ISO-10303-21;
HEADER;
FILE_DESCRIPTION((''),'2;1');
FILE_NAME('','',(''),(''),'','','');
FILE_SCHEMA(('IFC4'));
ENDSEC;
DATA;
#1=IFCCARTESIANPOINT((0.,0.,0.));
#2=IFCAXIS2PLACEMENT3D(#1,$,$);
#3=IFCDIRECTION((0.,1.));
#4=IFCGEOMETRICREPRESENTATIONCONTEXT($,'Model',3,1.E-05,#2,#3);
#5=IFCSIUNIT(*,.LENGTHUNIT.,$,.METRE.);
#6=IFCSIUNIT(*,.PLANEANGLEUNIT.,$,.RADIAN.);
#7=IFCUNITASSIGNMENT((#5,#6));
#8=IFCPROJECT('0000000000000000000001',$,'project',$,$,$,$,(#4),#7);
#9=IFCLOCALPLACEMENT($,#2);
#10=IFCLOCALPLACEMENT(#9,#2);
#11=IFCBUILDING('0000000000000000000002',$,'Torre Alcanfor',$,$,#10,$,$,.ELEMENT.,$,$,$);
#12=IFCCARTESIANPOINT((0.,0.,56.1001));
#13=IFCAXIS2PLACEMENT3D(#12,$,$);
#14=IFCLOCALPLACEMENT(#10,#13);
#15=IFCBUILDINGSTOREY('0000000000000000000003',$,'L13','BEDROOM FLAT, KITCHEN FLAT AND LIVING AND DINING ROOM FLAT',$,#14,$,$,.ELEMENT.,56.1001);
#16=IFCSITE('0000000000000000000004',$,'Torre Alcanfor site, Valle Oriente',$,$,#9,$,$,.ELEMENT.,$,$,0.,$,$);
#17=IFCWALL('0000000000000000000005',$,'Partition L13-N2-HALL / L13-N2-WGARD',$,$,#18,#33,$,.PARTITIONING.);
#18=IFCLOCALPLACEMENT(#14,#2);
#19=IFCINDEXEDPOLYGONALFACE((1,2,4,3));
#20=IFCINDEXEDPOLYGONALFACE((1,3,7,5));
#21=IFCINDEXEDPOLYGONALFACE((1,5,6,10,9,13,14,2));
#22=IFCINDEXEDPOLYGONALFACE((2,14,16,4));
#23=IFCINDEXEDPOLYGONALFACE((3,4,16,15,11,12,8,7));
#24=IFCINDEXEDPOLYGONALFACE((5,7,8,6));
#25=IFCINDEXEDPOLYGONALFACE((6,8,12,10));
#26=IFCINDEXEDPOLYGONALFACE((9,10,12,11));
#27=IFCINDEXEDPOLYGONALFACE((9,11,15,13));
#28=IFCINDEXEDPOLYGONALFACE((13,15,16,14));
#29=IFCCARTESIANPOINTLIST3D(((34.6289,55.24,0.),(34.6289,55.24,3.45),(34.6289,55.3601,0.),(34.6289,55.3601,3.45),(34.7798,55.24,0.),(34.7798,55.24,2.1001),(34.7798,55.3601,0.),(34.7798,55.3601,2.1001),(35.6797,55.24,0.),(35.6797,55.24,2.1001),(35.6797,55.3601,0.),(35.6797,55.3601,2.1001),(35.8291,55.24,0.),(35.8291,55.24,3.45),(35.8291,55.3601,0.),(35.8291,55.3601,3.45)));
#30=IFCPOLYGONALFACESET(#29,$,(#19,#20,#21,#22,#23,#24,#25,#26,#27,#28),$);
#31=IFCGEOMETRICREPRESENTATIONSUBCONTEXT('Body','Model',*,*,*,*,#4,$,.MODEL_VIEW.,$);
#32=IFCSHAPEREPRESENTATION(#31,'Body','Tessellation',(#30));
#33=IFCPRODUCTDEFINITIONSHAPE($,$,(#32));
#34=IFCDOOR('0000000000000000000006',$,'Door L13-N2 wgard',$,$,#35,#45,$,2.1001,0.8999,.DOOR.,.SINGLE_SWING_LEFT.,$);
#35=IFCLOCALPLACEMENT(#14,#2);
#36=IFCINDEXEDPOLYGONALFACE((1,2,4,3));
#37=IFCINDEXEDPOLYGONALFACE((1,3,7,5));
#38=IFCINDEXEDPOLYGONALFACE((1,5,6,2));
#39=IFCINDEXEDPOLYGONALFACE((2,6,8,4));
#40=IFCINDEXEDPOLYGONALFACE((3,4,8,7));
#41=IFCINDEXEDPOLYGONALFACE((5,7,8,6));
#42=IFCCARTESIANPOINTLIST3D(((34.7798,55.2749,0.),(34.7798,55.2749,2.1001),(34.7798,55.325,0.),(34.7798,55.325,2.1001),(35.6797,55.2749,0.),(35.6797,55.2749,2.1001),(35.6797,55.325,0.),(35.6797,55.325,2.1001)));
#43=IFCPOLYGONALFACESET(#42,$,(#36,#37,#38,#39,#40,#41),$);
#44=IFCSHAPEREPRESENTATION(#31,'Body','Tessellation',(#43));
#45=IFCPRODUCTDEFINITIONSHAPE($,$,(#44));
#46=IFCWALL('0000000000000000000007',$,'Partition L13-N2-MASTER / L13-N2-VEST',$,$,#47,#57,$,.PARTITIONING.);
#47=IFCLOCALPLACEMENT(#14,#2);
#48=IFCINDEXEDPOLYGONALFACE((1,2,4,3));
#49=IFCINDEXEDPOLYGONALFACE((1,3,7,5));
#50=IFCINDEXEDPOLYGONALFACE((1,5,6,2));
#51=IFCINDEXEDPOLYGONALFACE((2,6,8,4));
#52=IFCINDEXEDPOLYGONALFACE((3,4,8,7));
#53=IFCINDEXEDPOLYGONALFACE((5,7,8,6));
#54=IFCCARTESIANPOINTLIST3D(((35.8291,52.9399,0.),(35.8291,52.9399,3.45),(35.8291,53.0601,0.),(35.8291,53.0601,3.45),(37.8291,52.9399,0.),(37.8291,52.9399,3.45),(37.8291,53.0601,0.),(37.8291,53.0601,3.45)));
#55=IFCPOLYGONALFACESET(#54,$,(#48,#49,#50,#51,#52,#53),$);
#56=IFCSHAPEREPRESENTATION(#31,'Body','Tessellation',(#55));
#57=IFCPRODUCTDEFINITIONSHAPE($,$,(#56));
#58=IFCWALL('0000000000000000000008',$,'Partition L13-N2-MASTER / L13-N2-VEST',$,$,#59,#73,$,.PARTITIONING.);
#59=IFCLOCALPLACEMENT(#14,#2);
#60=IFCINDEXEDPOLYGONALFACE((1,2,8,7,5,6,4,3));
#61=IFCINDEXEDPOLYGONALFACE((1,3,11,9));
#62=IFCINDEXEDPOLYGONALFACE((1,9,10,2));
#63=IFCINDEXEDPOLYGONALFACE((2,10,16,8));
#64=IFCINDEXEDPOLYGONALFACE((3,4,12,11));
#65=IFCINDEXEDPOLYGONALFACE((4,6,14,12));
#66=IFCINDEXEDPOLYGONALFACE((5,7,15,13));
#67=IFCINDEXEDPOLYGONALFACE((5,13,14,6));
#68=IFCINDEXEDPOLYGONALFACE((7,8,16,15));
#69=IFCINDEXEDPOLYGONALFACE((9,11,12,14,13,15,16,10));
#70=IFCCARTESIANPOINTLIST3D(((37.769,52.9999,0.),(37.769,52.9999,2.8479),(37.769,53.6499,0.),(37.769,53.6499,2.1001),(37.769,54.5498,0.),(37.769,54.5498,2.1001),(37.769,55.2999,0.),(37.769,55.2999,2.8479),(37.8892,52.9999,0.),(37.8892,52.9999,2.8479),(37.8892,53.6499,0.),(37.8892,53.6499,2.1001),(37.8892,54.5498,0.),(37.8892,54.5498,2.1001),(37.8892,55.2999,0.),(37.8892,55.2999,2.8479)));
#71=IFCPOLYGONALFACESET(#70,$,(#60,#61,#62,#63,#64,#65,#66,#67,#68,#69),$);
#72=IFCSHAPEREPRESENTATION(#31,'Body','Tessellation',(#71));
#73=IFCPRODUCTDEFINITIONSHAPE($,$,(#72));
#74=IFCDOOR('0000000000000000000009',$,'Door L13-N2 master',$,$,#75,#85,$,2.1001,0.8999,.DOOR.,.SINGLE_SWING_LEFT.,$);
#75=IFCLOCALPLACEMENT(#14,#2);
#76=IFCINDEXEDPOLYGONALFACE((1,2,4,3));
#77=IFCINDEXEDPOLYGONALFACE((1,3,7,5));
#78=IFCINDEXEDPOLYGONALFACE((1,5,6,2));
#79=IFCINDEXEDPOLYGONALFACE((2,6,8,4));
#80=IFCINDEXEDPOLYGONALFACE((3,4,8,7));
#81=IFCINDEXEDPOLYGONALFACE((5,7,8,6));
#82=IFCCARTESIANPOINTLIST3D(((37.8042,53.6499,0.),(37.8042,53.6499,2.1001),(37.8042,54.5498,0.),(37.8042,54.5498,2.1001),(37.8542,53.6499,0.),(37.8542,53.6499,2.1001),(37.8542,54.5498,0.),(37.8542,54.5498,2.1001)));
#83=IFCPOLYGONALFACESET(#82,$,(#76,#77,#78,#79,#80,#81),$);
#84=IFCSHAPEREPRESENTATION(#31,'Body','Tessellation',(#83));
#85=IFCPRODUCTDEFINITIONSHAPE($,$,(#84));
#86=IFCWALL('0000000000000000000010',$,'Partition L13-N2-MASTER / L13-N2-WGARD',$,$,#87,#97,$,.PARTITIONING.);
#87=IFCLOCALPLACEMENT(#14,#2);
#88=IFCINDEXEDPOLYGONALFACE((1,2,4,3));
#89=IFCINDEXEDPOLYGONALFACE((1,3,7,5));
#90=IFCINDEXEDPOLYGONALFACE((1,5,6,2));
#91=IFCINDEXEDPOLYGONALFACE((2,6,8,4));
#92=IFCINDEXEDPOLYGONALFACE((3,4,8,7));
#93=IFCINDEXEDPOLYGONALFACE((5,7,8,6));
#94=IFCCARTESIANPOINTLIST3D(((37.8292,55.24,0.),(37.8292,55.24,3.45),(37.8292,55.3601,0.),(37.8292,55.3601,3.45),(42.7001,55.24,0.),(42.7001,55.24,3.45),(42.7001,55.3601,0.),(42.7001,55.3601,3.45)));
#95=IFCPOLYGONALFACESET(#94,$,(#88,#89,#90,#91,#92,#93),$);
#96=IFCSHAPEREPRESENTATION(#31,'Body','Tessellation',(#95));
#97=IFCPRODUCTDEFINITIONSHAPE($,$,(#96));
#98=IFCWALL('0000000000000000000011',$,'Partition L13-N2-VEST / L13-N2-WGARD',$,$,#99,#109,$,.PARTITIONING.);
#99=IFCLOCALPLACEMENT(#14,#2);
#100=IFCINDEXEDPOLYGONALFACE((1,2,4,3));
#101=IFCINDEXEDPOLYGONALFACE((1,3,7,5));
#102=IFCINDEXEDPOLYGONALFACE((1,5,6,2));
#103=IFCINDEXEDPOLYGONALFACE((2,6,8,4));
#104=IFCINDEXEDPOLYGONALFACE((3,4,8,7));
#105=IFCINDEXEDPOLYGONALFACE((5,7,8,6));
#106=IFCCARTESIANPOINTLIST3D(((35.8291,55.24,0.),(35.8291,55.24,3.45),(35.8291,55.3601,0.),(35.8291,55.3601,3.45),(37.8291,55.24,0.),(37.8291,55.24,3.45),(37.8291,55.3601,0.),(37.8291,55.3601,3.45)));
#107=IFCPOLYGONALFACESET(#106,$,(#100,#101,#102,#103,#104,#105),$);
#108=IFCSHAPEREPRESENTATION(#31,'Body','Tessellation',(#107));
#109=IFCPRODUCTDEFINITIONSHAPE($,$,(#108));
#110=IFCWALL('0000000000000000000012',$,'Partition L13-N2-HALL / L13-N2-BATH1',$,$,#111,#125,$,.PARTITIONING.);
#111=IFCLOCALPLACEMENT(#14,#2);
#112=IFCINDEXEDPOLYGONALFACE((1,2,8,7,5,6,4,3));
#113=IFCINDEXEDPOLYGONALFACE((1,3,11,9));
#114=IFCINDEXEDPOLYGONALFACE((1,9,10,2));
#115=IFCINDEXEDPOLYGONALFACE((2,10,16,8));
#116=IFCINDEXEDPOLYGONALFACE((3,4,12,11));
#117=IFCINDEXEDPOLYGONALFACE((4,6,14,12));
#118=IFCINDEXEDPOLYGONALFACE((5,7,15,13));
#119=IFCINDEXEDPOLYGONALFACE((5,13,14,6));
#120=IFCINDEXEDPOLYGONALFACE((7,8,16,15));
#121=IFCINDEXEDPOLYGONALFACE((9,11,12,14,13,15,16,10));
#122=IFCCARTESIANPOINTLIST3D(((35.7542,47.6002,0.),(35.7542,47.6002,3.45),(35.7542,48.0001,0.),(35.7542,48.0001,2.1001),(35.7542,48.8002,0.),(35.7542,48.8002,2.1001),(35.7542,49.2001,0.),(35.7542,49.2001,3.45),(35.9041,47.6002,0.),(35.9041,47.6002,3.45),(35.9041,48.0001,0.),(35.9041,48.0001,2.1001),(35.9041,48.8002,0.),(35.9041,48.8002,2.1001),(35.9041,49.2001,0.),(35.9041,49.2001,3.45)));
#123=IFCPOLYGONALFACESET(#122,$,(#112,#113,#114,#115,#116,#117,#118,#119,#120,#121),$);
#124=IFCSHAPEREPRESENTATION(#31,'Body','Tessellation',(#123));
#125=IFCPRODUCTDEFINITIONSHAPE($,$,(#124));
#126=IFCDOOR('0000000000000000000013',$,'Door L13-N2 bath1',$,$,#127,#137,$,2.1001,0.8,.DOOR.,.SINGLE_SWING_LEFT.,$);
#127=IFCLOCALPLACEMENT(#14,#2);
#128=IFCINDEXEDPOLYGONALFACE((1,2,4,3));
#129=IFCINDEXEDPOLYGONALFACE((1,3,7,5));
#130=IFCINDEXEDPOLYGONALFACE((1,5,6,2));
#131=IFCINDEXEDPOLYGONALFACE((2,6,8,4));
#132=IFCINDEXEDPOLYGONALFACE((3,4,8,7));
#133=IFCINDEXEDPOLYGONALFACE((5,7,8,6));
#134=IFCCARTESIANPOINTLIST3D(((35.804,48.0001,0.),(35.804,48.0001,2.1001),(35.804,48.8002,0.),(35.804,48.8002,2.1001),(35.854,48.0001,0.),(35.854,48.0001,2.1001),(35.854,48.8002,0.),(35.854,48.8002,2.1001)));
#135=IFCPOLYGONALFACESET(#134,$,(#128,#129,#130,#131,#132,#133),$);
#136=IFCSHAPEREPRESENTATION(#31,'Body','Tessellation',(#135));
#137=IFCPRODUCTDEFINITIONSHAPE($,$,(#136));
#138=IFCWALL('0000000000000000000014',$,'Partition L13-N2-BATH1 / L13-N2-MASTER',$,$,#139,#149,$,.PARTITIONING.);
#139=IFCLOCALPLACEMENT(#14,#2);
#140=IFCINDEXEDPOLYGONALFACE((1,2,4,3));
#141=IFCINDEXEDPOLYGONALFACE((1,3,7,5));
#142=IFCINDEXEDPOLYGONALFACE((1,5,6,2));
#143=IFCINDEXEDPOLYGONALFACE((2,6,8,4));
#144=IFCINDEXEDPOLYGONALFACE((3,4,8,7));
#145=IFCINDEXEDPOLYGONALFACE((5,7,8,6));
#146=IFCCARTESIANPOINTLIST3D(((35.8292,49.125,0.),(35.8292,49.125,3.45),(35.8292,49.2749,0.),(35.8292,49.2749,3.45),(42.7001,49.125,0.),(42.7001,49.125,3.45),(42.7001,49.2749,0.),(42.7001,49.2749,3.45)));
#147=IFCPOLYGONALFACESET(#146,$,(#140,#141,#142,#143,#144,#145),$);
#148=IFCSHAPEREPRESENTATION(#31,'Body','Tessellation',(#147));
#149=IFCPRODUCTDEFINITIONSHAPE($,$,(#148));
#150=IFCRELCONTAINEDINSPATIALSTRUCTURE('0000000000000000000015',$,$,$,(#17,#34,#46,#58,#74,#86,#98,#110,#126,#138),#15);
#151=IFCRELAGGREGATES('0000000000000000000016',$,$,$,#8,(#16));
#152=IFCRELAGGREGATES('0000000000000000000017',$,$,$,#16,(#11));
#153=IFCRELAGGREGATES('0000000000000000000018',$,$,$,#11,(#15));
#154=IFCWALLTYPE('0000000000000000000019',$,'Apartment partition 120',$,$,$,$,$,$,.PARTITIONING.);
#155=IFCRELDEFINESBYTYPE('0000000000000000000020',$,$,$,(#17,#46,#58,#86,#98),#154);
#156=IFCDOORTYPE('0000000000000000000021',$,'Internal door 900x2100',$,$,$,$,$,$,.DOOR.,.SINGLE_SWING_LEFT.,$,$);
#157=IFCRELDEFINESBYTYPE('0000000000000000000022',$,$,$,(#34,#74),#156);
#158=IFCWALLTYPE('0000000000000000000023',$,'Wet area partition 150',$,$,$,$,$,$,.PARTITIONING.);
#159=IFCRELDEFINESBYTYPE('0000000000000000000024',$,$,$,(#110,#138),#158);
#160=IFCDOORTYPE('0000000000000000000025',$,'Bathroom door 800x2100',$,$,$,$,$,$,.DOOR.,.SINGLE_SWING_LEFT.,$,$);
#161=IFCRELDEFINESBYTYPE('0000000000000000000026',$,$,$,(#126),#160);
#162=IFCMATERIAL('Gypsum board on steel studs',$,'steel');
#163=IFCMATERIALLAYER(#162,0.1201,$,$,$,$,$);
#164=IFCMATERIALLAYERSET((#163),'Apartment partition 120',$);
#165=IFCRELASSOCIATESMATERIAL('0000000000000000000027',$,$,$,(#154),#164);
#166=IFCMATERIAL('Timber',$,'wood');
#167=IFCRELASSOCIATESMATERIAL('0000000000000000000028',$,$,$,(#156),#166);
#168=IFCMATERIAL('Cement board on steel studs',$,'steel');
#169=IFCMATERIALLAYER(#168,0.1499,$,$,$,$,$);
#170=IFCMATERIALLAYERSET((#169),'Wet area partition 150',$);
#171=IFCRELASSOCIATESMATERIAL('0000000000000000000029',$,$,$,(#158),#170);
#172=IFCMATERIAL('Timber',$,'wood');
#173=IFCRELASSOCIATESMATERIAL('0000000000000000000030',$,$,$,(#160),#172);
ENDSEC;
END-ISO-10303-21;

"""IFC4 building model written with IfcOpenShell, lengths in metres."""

from ifc_helpers import new_model, si_unit, direction, frame, frame_2d, origin, place, context, subcontext, project, spatial, rectangle, extrude, material, layer, layer_set, type_object, element, fill, save


model = new_model("IFC4")

# Units and contexts
model_context = context("Model", 3, precision=1e-05, world=origin(), true_north=direction((0.0, 1.0)))
body_context = subcontext(model_context, "Body", "Model", "MODEL_VIEW")
ifc_project = project(units=[si_unit("LENGTHUNIT", "METRE"), si_unit("PLANEANGLEUNIT", "RADIAN")], contexts=[model_context])

# Site, building, storey
site_placement = place(None, origin())
site = spatial("IfcSite", under=ifc_project, at=site_placement, Name="Torre Alcanfor site, Valle Oriente", CompositionType="ELEMENT", RefElevation=0.0)
building_placement = place(site_placement, origin())
building = spatial("IfcBuilding", under=site, at=building_placement, Name="Torre Alcanfor", CompositionType="ELEMENT")
storey_placement = place(building_placement, frame((0.0, 0.0, 56.1001)))
storey = spatial("IfcBuildingStorey", under=building, at=storey_placement, Name="L13", Description="BEDROOM FLAT, KITCHEN FLAT AND LIVING AND DINING ROOM FLAT", CompositionType="ELEMENT", Elevation=56.1001)

# Shared definitions
ifc_material_1 = material(Name="Gypsum board on steel studs", Category="steel")
ifc_layer_1 = layer(ifc_material_1, 0.1201)
ifc_layer_set_1 = layer_set([ifc_layer_1], Name="Apartment partition 120")
wall_type_1 = type_object("IfcWallType", Name="Apartment partition 120", PredefinedType="PARTITIONING", material=ifc_layer_set_1)

# Wall, opening, door
ifc_material_2 = material(Name="Timber", Category="wood")
door_type_1 = type_object("IfcDoorType", Name="Internal door 900x2100", OperationType="SINGLE_SWING_LEFT", PredefinedType="DOOR", material=ifc_material_2)
wall_1_placement = place(storey_placement, frame((34.6289, 55.3, 0.0), z_axis=(0.0, 0.0, 1.0), x_axis=(1.0, 0.0, 0.0)))
wall_1 = element("IfcWall", 1, at=wall_1_placement, inside=storey, type_object=wall_type_1, Name="Partition L13-N2-HALL / L13-N2-WGARD", PredefinedType="PARTITIONING", context=body_context, shape_type="SweptSolid", body=[
    extrude(rectangle(XDim=1.2002, YDim=0.1201, at=frame_2d((0.6001, 0.0))), origin(), (0.0, 0.0, 1.0), 3.45),
])
opening_1_placement = place(wall_1_placement, frame((0.1509, 0.0, 0.0)))
opening_1 = element("IfcOpeningElement", 2, at=opening_1_placement, cuts=wall_1, PredefinedType="OPENING", context=body_context, shape_type="SweptSolid", body=[
    extrude(rectangle(XDim=0.8999, YDim=2.1001, at=frame_2d((0.45, 1.05))), frame((0.0, 0.0701, 0.0), z_axis=(0.0, -1.0, 0.0), x_axis=(1.0, 0.0, 0.0)), (0.0, 0.0, 1.0), 0.1401),
])
door_1_placement = place(opening_1_placement, origin())
door_1 = element("IfcDoor", 3, at=door_1_placement, inside=storey, type_object=door_type_1, Name="Door L13-N2 wgard", OperationType="SINGLE_SWING_LEFT", OverallHeight=2.1001, OverallWidth=0.8999, PredefinedType="DOOR", context=body_context, shape_type="SweptSolid", body=[
    extrude(rectangle(XDim=0.8999, YDim=2.1001, at=frame_2d((0.45, 1.05))), frame((0.0, 0.0249, 0.0), z_axis=(0.0, -1.0, 0.0), x_axis=(1.0, 0.0, 0.0)), (0.0, 0.0, 1.0), 0.05),
])
fill(opening_1, door_1)

# Wall
wall_2_placement = place(storey_placement, frame((35.8291, 53.0, 0.0), z_axis=(0.0, 0.0, 1.0), x_axis=(1.0, 0.0, 0.0)))
element("IfcWall", 4, at=wall_2_placement, inside=storey, type_object=wall_type_1, Name="Partition L13-N2-MASTER / L13-N2-VEST", PredefinedType="PARTITIONING", context=body_context, shape_type="SweptSolid", body=[
    extrude(rectangle(XDim=2.0, YDim=0.1201, at=frame_2d((1.0, 0.0))), origin(), (0.0, 0.0, 1.0), 3.45),
])

# Wall, opening, door
wall_3_placement = place(storey_placement, frame((37.8291, 53.0, 0.0), z_axis=(0.0, 0.0, 1.0), x_axis=(0.0, 1.0, 0.0)))
wall_3 = element("IfcWall", 5, at=wall_3_placement, inside=storey, type_object=wall_type_1, Name="Partition L13-N2-MASTER / L13-N2-VEST", PredefinedType="PARTITIONING", context=body_context, shape_type="SweptSolid", body=[
    extrude(rectangle(XDim=2.3, YDim=0.1201, at=frame_2d((1.1499, 0.0))), origin(), (0.0, 0.0, 1.0), 2.8479),
])
opening_2_placement = place(wall_3_placement, frame((0.6499, 0.0, 0.0)))
opening_2 = element("IfcOpeningElement", 6, at=opening_2_placement, cuts=wall_3, PredefinedType="OPENING", context=body_context, shape_type="SweptSolid", body=[
    extrude(rectangle(XDim=0.8999, YDim=2.1001, at=frame_2d((0.45, 1.05))), frame((0.0, 0.0701, 0.0), z_axis=(0.0, -1.0, 0.0), x_axis=(1.0, 0.0, 0.0)), (0.0, 0.0, 1.0), 0.1401),
])
door_2_placement = place(opening_2_placement, origin())
door_2 = element("IfcDoor", 7, at=door_2_placement, inside=storey, type_object=door_type_1, Name="Door L13-N2 master", OperationType="SINGLE_SWING_LEFT", OverallHeight=2.1001, OverallWidth=0.8999, PredefinedType="DOOR", context=body_context, shape_type="SweptSolid", body=[
    extrude(rectangle(XDim=0.8999, YDim=2.1001, at=frame_2d((0.45, 1.05))), frame((0.0, 0.0249, 0.0), z_axis=(0.0, -1.0, 0.0), x_axis=(1.0, 0.0, 0.0)), (0.0, 0.0, 1.0), 0.05),
])
fill(opening_2, door_2)

# Walls
wall_4_placement = place(storey_placement, frame((37.8291, 55.3, 0.0), z_axis=(0.0, 0.0, 1.0), x_axis=(1.0, 0.0, 0.0)))
element("IfcWall", 8, at=wall_4_placement, inside=storey, type_object=wall_type_1, Name="Partition L13-N2-MASTER / L13-N2-WGARD", PredefinedType="PARTITIONING", context=body_context, shape_type="SweptSolid", body=[
    extrude(rectangle(XDim=4.8708, YDim=0.1201, at=frame_2d((2.4355, 0.0))), origin(), (0.0, 0.0, 1.0), 3.45),
])
wall_5_placement = place(storey_placement, frame((35.8291, 55.3, 0.0), z_axis=(0.0, 0.0, 1.0), x_axis=(1.0, 0.0, 0.0)))
element("IfcWall", 9, at=wall_5_placement, inside=storey, type_object=wall_type_1, Name="Partition L13-N2-VEST / L13-N2-WGARD", PredefinedType="PARTITIONING", context=body_context, shape_type="SweptSolid", body=[
    extrude(rectangle(XDim=2.0, YDim=0.1201, at=frame_2d((1.0, 0.0))), origin(), (0.0, 0.0, 1.0), 3.45),
])

# Wall, opening, door
ifc_material_3 = material(Name="Cement board on steel studs", Category="steel")
ifc_layer_2 = layer(ifc_material_3, 0.1499)
ifc_layer_set_2 = layer_set([ifc_layer_2], Name="Wet area partition 150")
wall_type_2 = type_object("IfcWallType", Name="Wet area partition 150", PredefinedType="PARTITIONING", material=ifc_layer_set_2)
wall_6_placement = place(storey_placement, frame((35.8291, 49.2, 0.0), z_axis=(0.0, 0.0, 1.0), x_axis=(0.0, -1.0, 0.0)))
wall_6 = element("IfcWall", 10, at=wall_6_placement, inside=storey, type_object=wall_type_2, Name="Partition L13-N2-HALL / L13-N2-BATH1", PredefinedType="PARTITIONING", context=body_context, shape_type="SweptSolid", body=[
    extrude(rectangle(XDim=1.5999, YDim=0.1499, at=frame_2d((0.7998, 0.0))), origin(), (0.0, 0.0, 1.0), 3.45),
])
opening_3_placement = place(wall_6_placement, frame((0.3999, 0.0, 0.0)))
opening_3 = element("IfcOpeningElement", 11, at=opening_3_placement, cuts=wall_6, PredefinedType="OPENING", context=body_context, shape_type="SweptSolid", body=[
    extrude(rectangle(XDim=0.8, YDim=2.1001, at=frame_2d((0.3999, 1.05))), frame((0.0, 0.085, 0.0), z_axis=(0.0, -1.0, 0.0), x_axis=(1.0, 0.0, 0.0)), (0.0, 0.0, 1.0), 0.1699),
])
ifc_material_4 = material(Name="Timber", Category="wood")
door_type_2 = type_object("IfcDoorType", Name="Bathroom door 800x2100", OperationType="SINGLE_SWING_LEFT", PredefinedType="DOOR", material=ifc_material_4)
door_3_placement = place(opening_3_placement, origin())
door_3 = element("IfcDoor", 12, at=door_3_placement, inside=storey, type_object=door_type_2, Name="Door L13-N2 bath1", OperationType="SINGLE_SWING_LEFT", OverallHeight=2.1001, OverallWidth=0.8, PredefinedType="DOOR", context=body_context, shape_type="SweptSolid", body=[
    extrude(rectangle(XDim=0.8, YDim=2.1001, at=frame_2d((0.3999, 1.05))), frame((0.0, 0.0249, 0.0), z_axis=(0.0, -1.0, 0.0), x_axis=(1.0, 0.0, 0.0)), (0.0, 0.0, 1.0), 0.05),
])
fill(opening_3, door_3)

# Wall
wall_7_placement = place(storey_placement, frame((35.8291, 49.2, 0.0), z_axis=(0.0, 0.0, 1.0), x_axis=(1.0, 0.0, 0.0)))
element("IfcWall", 13, at=wall_7_placement, inside=storey, type_object=wall_type_2, Name="Partition L13-N2-BATH1 / L13-N2-MASTER", PredefinedType="PARTITIONING", context=body_context, shape_type="SweptSolid", body=[
    extrude(rectangle(XDim=6.8708, YDim=0.1499, at=frame_2d((3.4355, 0.0))), origin(), (0.0, 0.0, 1.0), 3.45),
])

save(model, "model.ifc")
